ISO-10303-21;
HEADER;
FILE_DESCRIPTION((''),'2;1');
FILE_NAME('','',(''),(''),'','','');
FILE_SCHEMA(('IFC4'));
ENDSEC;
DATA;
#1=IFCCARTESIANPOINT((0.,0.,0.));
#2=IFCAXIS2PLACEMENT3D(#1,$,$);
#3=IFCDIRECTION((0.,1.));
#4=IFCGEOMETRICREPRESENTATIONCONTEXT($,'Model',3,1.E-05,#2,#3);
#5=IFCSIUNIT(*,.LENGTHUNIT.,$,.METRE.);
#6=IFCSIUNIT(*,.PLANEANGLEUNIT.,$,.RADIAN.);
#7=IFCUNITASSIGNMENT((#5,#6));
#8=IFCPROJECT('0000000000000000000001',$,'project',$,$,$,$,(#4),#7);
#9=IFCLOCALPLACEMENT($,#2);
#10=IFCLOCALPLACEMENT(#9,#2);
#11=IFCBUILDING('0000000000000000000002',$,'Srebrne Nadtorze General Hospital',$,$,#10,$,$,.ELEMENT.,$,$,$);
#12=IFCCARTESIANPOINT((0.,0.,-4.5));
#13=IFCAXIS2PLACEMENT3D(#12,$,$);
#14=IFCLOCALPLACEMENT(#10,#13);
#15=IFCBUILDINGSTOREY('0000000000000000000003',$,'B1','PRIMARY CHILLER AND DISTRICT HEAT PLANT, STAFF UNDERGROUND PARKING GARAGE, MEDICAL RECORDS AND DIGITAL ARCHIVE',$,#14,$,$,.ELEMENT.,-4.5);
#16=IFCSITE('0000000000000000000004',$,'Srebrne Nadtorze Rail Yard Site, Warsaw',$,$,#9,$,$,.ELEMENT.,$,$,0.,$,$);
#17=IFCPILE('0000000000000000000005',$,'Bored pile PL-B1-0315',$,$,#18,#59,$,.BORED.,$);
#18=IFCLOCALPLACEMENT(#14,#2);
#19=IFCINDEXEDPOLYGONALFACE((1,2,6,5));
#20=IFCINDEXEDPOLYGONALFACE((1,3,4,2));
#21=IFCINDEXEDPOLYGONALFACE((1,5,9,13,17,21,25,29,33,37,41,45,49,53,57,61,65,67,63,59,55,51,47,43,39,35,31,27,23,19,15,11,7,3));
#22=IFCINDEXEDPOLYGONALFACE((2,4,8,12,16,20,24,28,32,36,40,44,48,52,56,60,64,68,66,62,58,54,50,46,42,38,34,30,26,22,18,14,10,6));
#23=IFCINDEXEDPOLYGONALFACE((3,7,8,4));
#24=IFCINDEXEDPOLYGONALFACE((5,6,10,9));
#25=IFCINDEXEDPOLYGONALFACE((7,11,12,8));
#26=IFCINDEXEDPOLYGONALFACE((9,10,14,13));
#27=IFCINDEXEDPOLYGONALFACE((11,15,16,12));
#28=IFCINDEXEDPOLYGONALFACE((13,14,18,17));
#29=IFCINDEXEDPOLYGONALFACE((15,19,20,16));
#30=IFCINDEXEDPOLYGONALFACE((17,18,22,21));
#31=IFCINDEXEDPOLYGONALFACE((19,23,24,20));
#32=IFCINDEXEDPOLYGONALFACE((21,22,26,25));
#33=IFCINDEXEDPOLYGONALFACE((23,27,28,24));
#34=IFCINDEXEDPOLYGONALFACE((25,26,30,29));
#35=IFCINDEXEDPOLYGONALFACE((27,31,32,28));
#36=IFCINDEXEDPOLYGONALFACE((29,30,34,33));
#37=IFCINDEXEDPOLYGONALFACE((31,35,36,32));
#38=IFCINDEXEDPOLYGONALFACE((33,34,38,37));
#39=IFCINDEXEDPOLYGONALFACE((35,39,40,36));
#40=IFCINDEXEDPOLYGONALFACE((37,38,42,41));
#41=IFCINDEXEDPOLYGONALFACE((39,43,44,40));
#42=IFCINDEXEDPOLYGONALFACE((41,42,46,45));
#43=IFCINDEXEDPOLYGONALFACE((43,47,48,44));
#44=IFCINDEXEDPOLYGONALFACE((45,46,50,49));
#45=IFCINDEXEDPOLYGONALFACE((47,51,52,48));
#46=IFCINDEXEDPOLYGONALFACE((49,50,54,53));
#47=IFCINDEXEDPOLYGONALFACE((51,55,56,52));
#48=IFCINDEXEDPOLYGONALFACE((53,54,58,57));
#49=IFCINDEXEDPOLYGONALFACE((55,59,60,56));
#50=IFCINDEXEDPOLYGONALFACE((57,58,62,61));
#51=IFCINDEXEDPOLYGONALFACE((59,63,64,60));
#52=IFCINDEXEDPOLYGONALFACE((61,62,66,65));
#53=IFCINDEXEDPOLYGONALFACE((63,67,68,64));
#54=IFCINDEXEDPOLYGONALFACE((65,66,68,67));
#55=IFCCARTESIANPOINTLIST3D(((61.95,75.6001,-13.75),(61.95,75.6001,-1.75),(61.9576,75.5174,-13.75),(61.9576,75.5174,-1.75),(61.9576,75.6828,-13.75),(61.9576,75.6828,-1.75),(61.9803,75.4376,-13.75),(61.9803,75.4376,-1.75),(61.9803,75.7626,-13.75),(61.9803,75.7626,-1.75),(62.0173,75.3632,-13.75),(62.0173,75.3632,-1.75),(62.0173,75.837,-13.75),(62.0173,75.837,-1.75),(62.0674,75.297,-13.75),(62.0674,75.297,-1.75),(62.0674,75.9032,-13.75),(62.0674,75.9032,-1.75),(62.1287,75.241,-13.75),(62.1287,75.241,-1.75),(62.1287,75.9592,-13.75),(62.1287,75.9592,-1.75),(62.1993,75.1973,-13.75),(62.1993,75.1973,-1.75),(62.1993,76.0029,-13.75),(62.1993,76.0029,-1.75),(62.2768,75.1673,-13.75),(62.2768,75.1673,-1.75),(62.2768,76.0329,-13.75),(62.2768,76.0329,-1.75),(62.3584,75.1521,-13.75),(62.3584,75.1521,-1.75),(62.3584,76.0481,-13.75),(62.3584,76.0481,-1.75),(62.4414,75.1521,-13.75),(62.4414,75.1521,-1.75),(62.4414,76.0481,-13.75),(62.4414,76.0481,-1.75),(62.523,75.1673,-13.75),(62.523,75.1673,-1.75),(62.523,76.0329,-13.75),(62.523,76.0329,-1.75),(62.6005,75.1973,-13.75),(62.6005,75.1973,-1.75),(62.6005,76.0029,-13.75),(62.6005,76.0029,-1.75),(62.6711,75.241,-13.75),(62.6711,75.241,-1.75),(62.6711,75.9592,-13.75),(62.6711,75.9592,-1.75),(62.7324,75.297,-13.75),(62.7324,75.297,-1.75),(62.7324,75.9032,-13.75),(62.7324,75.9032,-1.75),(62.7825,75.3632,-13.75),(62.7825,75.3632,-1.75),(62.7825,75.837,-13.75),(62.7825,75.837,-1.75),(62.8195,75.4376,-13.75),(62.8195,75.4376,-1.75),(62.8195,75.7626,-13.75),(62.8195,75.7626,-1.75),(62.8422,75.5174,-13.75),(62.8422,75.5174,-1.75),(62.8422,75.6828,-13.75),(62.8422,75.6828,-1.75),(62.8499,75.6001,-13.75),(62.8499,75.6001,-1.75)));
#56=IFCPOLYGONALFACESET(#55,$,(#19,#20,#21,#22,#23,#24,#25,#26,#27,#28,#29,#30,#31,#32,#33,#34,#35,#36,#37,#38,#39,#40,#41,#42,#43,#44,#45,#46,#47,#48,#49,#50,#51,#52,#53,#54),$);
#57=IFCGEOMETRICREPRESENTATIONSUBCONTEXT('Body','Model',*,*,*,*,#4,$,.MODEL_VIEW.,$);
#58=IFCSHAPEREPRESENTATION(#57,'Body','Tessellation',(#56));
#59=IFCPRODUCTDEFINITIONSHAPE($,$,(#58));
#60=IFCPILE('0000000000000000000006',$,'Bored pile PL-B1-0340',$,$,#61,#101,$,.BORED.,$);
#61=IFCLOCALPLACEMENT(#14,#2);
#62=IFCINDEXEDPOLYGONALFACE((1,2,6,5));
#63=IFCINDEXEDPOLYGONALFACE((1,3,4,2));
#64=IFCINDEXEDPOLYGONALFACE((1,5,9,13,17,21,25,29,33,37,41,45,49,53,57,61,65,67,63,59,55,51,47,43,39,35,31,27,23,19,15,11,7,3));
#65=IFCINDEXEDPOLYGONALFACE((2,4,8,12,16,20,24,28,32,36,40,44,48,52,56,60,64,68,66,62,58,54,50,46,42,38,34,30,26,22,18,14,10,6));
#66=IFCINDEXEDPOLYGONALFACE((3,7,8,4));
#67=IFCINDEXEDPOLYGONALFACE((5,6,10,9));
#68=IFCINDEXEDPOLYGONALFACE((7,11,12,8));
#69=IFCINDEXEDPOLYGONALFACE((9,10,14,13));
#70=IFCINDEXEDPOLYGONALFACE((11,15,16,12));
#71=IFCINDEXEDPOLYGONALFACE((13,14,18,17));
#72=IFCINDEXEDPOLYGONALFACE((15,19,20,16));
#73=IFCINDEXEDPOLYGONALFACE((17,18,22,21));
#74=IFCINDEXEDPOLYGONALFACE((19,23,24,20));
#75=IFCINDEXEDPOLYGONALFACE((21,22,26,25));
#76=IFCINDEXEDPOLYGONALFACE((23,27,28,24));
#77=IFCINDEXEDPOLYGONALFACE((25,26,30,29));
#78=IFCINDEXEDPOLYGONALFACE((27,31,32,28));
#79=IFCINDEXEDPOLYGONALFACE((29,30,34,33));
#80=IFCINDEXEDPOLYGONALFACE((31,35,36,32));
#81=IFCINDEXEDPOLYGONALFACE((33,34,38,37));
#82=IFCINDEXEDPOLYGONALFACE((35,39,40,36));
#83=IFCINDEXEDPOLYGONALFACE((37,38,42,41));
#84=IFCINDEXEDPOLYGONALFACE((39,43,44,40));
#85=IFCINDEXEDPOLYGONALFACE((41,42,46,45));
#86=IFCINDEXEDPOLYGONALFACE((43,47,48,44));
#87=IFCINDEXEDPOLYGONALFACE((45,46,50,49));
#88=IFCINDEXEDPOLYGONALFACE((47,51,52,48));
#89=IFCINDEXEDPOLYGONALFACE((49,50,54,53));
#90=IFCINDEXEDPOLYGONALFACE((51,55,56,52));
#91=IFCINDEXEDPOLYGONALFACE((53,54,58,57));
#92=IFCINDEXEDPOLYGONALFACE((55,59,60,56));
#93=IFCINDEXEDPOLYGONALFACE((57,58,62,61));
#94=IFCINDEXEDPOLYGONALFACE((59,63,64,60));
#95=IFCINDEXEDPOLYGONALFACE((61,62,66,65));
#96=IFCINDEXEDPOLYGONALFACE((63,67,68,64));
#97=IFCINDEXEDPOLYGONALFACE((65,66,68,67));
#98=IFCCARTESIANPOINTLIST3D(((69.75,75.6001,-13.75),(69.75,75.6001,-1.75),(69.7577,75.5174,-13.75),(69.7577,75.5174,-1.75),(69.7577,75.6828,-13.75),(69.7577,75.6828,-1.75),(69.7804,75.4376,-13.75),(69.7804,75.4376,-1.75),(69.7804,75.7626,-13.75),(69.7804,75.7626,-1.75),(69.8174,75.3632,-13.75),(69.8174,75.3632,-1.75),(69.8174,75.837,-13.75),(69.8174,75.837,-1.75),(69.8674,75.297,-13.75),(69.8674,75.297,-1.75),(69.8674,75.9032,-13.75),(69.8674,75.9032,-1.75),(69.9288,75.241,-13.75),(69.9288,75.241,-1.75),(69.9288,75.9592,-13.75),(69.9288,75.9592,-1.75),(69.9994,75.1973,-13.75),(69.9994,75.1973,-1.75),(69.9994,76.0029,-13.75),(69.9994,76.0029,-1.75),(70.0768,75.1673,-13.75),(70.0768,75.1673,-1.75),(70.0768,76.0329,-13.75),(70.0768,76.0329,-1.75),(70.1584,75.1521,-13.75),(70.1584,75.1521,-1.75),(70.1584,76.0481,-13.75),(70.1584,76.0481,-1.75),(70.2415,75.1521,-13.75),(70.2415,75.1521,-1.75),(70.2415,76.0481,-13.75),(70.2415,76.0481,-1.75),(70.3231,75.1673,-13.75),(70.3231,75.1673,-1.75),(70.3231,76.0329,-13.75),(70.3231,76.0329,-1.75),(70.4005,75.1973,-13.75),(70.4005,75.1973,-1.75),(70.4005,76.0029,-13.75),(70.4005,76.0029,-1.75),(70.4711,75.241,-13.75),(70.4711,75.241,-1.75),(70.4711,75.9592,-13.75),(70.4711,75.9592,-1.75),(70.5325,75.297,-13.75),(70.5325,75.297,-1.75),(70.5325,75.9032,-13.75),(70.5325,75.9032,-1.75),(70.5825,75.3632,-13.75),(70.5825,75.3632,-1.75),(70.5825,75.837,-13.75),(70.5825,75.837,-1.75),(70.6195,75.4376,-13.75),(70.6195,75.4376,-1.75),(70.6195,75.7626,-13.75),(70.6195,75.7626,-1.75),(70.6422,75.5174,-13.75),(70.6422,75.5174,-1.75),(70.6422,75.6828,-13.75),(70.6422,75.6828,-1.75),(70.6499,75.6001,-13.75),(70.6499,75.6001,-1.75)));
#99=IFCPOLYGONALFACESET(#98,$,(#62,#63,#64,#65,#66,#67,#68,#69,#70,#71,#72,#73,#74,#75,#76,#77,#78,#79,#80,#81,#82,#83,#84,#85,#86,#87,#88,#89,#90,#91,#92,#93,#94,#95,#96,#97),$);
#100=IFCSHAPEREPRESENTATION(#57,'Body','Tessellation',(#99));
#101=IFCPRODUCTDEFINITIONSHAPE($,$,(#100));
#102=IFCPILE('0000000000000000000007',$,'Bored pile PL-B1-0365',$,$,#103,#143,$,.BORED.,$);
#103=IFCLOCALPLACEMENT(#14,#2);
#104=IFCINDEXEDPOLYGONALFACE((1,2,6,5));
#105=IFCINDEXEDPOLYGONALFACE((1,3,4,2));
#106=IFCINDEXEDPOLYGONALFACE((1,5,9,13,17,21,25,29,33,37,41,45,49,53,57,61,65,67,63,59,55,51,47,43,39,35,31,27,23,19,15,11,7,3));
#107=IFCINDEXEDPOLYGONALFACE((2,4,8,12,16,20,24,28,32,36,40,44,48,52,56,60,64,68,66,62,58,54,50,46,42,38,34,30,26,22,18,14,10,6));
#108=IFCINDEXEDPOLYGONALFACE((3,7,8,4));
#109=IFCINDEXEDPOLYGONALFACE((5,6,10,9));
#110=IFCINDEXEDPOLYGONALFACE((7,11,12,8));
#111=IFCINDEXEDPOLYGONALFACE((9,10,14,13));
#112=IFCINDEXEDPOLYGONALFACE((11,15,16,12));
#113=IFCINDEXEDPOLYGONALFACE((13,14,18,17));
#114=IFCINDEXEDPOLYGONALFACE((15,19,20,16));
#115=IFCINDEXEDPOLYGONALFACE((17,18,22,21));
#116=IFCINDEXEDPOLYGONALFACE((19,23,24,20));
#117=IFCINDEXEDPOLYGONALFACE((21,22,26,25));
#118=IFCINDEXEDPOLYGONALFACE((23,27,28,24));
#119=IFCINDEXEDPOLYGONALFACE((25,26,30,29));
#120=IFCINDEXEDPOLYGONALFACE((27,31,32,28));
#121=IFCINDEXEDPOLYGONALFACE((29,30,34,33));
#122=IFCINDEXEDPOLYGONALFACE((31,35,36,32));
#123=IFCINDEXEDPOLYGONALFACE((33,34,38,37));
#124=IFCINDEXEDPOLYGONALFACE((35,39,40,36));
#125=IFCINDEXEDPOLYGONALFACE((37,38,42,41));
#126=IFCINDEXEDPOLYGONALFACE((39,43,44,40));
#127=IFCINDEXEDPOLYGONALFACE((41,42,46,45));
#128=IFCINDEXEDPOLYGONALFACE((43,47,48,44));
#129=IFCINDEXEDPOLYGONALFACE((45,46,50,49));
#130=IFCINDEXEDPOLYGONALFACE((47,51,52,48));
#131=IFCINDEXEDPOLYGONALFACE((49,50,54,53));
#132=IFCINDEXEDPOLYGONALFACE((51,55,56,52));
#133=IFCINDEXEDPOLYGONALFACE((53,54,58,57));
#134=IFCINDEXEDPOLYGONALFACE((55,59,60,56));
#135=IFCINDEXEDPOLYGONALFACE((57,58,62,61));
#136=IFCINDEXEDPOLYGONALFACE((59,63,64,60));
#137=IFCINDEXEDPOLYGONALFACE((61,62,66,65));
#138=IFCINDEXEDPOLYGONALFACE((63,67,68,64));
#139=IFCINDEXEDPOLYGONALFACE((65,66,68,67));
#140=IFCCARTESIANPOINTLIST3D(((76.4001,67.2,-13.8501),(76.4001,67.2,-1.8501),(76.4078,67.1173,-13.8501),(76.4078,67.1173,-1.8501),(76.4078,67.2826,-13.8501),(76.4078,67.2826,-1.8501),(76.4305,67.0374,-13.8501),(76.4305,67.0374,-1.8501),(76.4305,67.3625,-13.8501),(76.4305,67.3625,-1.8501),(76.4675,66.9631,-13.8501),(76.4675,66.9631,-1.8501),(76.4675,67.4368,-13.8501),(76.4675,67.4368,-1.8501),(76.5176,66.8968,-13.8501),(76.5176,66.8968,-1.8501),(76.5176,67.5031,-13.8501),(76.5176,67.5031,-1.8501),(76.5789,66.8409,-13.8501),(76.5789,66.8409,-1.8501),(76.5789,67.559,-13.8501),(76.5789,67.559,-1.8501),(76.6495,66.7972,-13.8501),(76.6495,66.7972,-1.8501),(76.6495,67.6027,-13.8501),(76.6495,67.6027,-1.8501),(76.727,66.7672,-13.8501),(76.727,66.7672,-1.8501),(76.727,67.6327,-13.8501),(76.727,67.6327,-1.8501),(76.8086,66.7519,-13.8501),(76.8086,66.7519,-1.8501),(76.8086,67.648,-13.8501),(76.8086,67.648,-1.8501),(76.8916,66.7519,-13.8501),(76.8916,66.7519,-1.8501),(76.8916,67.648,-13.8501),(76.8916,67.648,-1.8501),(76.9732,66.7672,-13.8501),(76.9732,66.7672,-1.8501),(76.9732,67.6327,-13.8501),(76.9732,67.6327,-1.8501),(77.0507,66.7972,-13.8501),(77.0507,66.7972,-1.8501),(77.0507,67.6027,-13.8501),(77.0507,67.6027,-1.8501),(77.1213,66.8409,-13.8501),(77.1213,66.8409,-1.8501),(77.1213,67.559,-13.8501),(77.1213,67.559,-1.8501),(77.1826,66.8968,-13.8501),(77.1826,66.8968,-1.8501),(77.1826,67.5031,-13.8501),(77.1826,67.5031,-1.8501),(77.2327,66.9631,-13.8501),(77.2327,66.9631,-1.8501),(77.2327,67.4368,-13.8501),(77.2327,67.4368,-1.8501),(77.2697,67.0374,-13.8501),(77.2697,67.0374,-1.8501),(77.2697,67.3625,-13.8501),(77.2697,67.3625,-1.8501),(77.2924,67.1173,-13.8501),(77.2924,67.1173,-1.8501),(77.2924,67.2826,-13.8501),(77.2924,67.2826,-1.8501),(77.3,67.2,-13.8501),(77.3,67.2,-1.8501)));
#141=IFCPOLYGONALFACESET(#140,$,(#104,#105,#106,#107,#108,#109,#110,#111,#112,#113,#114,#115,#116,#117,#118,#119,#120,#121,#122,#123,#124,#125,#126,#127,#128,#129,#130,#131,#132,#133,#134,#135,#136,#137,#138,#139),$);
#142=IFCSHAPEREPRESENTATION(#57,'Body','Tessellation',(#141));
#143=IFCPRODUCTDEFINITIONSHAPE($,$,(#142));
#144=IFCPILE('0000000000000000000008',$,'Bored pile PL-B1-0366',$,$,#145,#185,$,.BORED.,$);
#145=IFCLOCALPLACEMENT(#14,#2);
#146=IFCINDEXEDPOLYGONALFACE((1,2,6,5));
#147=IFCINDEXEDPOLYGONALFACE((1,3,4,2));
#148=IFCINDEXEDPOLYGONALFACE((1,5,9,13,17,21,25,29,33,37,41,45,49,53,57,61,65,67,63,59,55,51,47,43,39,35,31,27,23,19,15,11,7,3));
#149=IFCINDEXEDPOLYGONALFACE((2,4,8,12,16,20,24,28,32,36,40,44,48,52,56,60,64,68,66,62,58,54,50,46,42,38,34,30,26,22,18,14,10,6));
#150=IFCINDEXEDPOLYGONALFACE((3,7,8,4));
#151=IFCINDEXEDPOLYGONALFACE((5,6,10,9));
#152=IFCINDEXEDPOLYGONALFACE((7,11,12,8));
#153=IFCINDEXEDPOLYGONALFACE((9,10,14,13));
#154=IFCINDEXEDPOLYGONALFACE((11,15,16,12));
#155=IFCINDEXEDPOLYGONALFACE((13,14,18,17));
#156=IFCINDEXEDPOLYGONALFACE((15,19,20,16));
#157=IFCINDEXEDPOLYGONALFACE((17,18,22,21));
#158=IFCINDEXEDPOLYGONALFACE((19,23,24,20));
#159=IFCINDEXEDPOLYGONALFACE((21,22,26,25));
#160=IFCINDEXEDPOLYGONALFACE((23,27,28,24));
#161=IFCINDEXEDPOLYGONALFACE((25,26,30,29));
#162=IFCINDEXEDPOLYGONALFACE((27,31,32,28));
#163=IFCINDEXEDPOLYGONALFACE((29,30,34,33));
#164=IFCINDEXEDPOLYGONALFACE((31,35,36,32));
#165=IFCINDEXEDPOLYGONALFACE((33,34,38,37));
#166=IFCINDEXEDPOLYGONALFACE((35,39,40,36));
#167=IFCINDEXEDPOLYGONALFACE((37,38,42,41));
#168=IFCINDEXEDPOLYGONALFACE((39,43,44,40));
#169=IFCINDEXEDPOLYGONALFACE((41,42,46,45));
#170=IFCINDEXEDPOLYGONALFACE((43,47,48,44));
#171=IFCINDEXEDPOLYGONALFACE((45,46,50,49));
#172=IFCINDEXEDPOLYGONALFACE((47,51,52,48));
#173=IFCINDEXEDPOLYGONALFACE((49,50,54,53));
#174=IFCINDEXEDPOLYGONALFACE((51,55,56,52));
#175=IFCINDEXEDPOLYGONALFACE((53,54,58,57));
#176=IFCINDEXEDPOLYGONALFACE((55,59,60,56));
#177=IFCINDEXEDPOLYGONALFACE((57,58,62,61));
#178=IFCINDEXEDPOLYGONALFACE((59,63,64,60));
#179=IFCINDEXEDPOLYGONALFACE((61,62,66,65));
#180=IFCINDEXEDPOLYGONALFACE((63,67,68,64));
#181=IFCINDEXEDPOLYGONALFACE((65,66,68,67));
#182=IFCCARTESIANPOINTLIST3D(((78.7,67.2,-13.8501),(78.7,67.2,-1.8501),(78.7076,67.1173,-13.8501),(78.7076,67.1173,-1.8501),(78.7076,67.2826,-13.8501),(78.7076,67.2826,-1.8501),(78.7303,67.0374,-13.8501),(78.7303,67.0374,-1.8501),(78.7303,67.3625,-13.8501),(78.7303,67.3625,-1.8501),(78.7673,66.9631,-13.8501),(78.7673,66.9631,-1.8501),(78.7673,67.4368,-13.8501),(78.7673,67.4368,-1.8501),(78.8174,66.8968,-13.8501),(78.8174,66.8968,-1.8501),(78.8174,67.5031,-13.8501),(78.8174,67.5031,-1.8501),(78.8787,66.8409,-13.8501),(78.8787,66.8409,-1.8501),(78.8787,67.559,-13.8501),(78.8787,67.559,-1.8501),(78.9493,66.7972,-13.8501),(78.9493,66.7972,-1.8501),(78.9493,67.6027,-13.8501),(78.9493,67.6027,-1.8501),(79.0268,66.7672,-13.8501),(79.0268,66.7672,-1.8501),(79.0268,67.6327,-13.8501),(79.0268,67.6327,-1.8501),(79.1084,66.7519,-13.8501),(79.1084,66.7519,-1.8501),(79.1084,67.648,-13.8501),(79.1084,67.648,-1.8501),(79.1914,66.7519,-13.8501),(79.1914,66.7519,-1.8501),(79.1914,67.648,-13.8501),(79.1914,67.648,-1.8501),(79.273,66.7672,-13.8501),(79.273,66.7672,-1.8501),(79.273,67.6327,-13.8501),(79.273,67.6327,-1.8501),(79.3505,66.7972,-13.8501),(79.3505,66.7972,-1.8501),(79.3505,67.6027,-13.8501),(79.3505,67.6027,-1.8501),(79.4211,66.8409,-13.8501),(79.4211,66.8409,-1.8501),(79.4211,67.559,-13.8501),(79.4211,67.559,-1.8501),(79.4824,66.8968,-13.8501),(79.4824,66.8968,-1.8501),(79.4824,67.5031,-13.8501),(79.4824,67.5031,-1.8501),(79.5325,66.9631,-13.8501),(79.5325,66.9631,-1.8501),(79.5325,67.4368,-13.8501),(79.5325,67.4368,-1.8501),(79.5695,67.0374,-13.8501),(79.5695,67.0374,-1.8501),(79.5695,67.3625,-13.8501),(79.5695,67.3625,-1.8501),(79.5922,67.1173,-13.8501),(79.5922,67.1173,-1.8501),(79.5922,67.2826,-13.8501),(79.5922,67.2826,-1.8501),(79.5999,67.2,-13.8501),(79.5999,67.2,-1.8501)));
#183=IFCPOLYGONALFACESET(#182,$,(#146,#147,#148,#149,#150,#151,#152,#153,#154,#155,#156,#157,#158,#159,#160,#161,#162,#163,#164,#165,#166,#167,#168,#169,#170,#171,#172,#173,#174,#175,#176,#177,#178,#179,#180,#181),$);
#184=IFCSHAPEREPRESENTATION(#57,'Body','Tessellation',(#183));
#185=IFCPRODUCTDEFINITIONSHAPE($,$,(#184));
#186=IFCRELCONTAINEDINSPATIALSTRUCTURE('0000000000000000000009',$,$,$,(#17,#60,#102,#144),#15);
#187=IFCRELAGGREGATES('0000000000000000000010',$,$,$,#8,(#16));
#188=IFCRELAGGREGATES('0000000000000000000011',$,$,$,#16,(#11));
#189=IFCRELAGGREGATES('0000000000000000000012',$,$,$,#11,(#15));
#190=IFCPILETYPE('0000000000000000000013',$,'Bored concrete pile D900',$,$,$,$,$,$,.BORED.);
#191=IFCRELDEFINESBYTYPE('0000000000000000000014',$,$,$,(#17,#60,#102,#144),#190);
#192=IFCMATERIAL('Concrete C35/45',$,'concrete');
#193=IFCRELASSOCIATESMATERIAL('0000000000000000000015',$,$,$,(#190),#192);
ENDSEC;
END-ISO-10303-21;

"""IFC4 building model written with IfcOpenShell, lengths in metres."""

from ifc_helpers import new_model, si_unit, direction, frame, origin, origin_2d, place, context, subcontext, project, spatial, circle, extrude, material, material_profile, profile_set, type_object, element, save


model = new_model("IFC4")

# Units and contexts
model_context = context("Model", 3, precision=1e-05, world=origin(), true_north=direction((0.0, 1.0)))
body_context = subcontext(model_context, "Body", "Model", "MODEL_VIEW")
ifc_project = project(units=[si_unit("LENGTHUNIT", "METRE"), si_unit("PLANEANGLEUNIT", "RADIAN")], contexts=[model_context])

# Site, building, storey
site_placement = place(None, origin())
site = spatial("IfcSite", under=ifc_project, at=site_placement, Name="Srebrne Nadtorze Rail Yard Site, Warsaw", CompositionType="ELEMENT", RefElevation=0.0)
building_placement = place(site_placement, origin())
building = spatial("IfcBuilding", under=site, at=building_placement, Name="Srebrne Nadtorze General Hospital", CompositionType="ELEMENT")
storey_placement = place(building_placement, frame((0.0, 0.0, -4.5)))
storey = spatial("IfcBuildingStorey", under=building, at=storey_placement, Name="B1", Description="PRIMARY CHILLER AND DISTRICT HEAT PLANT, STAFF UNDERGROUND PARKING GARAGE, MEDICAL RECORDS AND DIGITAL ARCHIVE", CompositionType="ELEMENT", Elevation=-4.5)

# Piles
ifc_material_1 = material(Name="Concrete C35/45", Category="concrete")
ifc_material_profile_1 = material_profile(ifc_material_1, circle(Radius=0.45, at=origin_2d()), Name="PILE-D900")
ifc_profile_set_1 = profile_set([ifc_material_profile_1], Name="Concrete C35/45")
pile_type = type_object("IfcPileType", Name="Bored concrete pile D900", PredefinedType="BORED", material=ifc_profile_set_1)
for number, where, z_axis, x_axis, name in (
    (1, (62.3999, 75.6001, -1.75), (0.0, 0.0, -1.0), (1.0, 0.0, 0.0), "Bored pile PL-B1-0315"),
    (2, (70.2, 75.6001, -1.75), (0.0, 0.0, -1.0), (1.0, 0.0, 0.0), "Bored pile PL-B1-0340"),
    (3, (76.8501, 67.2, -1.8501), (0.0, 0.0, -1.0), (1.0, 0.0, 0.0), "Bored pile PL-B1-0365"),
    (4, (79.1499, 67.2, -1.8501), (0.0, 0.0, -1.0), (1.0, 0.0, 0.0), "Bored pile PL-B1-0366"),
):
    element("IfcPile", number, at=place(storey_placement, frame(where, z_axis=z_axis, x_axis=x_axis)), inside=storey, type_object=pile_type, Name=name, PredefinedType="BORED", context=body_context, shape_type="SweptSolid", body=[
        extrude(circle(Radius=0.45, at=origin_2d()), origin(), (0.0, 0.0, 1.0), 12.0),
    ])

save(model, "model.ifc")
